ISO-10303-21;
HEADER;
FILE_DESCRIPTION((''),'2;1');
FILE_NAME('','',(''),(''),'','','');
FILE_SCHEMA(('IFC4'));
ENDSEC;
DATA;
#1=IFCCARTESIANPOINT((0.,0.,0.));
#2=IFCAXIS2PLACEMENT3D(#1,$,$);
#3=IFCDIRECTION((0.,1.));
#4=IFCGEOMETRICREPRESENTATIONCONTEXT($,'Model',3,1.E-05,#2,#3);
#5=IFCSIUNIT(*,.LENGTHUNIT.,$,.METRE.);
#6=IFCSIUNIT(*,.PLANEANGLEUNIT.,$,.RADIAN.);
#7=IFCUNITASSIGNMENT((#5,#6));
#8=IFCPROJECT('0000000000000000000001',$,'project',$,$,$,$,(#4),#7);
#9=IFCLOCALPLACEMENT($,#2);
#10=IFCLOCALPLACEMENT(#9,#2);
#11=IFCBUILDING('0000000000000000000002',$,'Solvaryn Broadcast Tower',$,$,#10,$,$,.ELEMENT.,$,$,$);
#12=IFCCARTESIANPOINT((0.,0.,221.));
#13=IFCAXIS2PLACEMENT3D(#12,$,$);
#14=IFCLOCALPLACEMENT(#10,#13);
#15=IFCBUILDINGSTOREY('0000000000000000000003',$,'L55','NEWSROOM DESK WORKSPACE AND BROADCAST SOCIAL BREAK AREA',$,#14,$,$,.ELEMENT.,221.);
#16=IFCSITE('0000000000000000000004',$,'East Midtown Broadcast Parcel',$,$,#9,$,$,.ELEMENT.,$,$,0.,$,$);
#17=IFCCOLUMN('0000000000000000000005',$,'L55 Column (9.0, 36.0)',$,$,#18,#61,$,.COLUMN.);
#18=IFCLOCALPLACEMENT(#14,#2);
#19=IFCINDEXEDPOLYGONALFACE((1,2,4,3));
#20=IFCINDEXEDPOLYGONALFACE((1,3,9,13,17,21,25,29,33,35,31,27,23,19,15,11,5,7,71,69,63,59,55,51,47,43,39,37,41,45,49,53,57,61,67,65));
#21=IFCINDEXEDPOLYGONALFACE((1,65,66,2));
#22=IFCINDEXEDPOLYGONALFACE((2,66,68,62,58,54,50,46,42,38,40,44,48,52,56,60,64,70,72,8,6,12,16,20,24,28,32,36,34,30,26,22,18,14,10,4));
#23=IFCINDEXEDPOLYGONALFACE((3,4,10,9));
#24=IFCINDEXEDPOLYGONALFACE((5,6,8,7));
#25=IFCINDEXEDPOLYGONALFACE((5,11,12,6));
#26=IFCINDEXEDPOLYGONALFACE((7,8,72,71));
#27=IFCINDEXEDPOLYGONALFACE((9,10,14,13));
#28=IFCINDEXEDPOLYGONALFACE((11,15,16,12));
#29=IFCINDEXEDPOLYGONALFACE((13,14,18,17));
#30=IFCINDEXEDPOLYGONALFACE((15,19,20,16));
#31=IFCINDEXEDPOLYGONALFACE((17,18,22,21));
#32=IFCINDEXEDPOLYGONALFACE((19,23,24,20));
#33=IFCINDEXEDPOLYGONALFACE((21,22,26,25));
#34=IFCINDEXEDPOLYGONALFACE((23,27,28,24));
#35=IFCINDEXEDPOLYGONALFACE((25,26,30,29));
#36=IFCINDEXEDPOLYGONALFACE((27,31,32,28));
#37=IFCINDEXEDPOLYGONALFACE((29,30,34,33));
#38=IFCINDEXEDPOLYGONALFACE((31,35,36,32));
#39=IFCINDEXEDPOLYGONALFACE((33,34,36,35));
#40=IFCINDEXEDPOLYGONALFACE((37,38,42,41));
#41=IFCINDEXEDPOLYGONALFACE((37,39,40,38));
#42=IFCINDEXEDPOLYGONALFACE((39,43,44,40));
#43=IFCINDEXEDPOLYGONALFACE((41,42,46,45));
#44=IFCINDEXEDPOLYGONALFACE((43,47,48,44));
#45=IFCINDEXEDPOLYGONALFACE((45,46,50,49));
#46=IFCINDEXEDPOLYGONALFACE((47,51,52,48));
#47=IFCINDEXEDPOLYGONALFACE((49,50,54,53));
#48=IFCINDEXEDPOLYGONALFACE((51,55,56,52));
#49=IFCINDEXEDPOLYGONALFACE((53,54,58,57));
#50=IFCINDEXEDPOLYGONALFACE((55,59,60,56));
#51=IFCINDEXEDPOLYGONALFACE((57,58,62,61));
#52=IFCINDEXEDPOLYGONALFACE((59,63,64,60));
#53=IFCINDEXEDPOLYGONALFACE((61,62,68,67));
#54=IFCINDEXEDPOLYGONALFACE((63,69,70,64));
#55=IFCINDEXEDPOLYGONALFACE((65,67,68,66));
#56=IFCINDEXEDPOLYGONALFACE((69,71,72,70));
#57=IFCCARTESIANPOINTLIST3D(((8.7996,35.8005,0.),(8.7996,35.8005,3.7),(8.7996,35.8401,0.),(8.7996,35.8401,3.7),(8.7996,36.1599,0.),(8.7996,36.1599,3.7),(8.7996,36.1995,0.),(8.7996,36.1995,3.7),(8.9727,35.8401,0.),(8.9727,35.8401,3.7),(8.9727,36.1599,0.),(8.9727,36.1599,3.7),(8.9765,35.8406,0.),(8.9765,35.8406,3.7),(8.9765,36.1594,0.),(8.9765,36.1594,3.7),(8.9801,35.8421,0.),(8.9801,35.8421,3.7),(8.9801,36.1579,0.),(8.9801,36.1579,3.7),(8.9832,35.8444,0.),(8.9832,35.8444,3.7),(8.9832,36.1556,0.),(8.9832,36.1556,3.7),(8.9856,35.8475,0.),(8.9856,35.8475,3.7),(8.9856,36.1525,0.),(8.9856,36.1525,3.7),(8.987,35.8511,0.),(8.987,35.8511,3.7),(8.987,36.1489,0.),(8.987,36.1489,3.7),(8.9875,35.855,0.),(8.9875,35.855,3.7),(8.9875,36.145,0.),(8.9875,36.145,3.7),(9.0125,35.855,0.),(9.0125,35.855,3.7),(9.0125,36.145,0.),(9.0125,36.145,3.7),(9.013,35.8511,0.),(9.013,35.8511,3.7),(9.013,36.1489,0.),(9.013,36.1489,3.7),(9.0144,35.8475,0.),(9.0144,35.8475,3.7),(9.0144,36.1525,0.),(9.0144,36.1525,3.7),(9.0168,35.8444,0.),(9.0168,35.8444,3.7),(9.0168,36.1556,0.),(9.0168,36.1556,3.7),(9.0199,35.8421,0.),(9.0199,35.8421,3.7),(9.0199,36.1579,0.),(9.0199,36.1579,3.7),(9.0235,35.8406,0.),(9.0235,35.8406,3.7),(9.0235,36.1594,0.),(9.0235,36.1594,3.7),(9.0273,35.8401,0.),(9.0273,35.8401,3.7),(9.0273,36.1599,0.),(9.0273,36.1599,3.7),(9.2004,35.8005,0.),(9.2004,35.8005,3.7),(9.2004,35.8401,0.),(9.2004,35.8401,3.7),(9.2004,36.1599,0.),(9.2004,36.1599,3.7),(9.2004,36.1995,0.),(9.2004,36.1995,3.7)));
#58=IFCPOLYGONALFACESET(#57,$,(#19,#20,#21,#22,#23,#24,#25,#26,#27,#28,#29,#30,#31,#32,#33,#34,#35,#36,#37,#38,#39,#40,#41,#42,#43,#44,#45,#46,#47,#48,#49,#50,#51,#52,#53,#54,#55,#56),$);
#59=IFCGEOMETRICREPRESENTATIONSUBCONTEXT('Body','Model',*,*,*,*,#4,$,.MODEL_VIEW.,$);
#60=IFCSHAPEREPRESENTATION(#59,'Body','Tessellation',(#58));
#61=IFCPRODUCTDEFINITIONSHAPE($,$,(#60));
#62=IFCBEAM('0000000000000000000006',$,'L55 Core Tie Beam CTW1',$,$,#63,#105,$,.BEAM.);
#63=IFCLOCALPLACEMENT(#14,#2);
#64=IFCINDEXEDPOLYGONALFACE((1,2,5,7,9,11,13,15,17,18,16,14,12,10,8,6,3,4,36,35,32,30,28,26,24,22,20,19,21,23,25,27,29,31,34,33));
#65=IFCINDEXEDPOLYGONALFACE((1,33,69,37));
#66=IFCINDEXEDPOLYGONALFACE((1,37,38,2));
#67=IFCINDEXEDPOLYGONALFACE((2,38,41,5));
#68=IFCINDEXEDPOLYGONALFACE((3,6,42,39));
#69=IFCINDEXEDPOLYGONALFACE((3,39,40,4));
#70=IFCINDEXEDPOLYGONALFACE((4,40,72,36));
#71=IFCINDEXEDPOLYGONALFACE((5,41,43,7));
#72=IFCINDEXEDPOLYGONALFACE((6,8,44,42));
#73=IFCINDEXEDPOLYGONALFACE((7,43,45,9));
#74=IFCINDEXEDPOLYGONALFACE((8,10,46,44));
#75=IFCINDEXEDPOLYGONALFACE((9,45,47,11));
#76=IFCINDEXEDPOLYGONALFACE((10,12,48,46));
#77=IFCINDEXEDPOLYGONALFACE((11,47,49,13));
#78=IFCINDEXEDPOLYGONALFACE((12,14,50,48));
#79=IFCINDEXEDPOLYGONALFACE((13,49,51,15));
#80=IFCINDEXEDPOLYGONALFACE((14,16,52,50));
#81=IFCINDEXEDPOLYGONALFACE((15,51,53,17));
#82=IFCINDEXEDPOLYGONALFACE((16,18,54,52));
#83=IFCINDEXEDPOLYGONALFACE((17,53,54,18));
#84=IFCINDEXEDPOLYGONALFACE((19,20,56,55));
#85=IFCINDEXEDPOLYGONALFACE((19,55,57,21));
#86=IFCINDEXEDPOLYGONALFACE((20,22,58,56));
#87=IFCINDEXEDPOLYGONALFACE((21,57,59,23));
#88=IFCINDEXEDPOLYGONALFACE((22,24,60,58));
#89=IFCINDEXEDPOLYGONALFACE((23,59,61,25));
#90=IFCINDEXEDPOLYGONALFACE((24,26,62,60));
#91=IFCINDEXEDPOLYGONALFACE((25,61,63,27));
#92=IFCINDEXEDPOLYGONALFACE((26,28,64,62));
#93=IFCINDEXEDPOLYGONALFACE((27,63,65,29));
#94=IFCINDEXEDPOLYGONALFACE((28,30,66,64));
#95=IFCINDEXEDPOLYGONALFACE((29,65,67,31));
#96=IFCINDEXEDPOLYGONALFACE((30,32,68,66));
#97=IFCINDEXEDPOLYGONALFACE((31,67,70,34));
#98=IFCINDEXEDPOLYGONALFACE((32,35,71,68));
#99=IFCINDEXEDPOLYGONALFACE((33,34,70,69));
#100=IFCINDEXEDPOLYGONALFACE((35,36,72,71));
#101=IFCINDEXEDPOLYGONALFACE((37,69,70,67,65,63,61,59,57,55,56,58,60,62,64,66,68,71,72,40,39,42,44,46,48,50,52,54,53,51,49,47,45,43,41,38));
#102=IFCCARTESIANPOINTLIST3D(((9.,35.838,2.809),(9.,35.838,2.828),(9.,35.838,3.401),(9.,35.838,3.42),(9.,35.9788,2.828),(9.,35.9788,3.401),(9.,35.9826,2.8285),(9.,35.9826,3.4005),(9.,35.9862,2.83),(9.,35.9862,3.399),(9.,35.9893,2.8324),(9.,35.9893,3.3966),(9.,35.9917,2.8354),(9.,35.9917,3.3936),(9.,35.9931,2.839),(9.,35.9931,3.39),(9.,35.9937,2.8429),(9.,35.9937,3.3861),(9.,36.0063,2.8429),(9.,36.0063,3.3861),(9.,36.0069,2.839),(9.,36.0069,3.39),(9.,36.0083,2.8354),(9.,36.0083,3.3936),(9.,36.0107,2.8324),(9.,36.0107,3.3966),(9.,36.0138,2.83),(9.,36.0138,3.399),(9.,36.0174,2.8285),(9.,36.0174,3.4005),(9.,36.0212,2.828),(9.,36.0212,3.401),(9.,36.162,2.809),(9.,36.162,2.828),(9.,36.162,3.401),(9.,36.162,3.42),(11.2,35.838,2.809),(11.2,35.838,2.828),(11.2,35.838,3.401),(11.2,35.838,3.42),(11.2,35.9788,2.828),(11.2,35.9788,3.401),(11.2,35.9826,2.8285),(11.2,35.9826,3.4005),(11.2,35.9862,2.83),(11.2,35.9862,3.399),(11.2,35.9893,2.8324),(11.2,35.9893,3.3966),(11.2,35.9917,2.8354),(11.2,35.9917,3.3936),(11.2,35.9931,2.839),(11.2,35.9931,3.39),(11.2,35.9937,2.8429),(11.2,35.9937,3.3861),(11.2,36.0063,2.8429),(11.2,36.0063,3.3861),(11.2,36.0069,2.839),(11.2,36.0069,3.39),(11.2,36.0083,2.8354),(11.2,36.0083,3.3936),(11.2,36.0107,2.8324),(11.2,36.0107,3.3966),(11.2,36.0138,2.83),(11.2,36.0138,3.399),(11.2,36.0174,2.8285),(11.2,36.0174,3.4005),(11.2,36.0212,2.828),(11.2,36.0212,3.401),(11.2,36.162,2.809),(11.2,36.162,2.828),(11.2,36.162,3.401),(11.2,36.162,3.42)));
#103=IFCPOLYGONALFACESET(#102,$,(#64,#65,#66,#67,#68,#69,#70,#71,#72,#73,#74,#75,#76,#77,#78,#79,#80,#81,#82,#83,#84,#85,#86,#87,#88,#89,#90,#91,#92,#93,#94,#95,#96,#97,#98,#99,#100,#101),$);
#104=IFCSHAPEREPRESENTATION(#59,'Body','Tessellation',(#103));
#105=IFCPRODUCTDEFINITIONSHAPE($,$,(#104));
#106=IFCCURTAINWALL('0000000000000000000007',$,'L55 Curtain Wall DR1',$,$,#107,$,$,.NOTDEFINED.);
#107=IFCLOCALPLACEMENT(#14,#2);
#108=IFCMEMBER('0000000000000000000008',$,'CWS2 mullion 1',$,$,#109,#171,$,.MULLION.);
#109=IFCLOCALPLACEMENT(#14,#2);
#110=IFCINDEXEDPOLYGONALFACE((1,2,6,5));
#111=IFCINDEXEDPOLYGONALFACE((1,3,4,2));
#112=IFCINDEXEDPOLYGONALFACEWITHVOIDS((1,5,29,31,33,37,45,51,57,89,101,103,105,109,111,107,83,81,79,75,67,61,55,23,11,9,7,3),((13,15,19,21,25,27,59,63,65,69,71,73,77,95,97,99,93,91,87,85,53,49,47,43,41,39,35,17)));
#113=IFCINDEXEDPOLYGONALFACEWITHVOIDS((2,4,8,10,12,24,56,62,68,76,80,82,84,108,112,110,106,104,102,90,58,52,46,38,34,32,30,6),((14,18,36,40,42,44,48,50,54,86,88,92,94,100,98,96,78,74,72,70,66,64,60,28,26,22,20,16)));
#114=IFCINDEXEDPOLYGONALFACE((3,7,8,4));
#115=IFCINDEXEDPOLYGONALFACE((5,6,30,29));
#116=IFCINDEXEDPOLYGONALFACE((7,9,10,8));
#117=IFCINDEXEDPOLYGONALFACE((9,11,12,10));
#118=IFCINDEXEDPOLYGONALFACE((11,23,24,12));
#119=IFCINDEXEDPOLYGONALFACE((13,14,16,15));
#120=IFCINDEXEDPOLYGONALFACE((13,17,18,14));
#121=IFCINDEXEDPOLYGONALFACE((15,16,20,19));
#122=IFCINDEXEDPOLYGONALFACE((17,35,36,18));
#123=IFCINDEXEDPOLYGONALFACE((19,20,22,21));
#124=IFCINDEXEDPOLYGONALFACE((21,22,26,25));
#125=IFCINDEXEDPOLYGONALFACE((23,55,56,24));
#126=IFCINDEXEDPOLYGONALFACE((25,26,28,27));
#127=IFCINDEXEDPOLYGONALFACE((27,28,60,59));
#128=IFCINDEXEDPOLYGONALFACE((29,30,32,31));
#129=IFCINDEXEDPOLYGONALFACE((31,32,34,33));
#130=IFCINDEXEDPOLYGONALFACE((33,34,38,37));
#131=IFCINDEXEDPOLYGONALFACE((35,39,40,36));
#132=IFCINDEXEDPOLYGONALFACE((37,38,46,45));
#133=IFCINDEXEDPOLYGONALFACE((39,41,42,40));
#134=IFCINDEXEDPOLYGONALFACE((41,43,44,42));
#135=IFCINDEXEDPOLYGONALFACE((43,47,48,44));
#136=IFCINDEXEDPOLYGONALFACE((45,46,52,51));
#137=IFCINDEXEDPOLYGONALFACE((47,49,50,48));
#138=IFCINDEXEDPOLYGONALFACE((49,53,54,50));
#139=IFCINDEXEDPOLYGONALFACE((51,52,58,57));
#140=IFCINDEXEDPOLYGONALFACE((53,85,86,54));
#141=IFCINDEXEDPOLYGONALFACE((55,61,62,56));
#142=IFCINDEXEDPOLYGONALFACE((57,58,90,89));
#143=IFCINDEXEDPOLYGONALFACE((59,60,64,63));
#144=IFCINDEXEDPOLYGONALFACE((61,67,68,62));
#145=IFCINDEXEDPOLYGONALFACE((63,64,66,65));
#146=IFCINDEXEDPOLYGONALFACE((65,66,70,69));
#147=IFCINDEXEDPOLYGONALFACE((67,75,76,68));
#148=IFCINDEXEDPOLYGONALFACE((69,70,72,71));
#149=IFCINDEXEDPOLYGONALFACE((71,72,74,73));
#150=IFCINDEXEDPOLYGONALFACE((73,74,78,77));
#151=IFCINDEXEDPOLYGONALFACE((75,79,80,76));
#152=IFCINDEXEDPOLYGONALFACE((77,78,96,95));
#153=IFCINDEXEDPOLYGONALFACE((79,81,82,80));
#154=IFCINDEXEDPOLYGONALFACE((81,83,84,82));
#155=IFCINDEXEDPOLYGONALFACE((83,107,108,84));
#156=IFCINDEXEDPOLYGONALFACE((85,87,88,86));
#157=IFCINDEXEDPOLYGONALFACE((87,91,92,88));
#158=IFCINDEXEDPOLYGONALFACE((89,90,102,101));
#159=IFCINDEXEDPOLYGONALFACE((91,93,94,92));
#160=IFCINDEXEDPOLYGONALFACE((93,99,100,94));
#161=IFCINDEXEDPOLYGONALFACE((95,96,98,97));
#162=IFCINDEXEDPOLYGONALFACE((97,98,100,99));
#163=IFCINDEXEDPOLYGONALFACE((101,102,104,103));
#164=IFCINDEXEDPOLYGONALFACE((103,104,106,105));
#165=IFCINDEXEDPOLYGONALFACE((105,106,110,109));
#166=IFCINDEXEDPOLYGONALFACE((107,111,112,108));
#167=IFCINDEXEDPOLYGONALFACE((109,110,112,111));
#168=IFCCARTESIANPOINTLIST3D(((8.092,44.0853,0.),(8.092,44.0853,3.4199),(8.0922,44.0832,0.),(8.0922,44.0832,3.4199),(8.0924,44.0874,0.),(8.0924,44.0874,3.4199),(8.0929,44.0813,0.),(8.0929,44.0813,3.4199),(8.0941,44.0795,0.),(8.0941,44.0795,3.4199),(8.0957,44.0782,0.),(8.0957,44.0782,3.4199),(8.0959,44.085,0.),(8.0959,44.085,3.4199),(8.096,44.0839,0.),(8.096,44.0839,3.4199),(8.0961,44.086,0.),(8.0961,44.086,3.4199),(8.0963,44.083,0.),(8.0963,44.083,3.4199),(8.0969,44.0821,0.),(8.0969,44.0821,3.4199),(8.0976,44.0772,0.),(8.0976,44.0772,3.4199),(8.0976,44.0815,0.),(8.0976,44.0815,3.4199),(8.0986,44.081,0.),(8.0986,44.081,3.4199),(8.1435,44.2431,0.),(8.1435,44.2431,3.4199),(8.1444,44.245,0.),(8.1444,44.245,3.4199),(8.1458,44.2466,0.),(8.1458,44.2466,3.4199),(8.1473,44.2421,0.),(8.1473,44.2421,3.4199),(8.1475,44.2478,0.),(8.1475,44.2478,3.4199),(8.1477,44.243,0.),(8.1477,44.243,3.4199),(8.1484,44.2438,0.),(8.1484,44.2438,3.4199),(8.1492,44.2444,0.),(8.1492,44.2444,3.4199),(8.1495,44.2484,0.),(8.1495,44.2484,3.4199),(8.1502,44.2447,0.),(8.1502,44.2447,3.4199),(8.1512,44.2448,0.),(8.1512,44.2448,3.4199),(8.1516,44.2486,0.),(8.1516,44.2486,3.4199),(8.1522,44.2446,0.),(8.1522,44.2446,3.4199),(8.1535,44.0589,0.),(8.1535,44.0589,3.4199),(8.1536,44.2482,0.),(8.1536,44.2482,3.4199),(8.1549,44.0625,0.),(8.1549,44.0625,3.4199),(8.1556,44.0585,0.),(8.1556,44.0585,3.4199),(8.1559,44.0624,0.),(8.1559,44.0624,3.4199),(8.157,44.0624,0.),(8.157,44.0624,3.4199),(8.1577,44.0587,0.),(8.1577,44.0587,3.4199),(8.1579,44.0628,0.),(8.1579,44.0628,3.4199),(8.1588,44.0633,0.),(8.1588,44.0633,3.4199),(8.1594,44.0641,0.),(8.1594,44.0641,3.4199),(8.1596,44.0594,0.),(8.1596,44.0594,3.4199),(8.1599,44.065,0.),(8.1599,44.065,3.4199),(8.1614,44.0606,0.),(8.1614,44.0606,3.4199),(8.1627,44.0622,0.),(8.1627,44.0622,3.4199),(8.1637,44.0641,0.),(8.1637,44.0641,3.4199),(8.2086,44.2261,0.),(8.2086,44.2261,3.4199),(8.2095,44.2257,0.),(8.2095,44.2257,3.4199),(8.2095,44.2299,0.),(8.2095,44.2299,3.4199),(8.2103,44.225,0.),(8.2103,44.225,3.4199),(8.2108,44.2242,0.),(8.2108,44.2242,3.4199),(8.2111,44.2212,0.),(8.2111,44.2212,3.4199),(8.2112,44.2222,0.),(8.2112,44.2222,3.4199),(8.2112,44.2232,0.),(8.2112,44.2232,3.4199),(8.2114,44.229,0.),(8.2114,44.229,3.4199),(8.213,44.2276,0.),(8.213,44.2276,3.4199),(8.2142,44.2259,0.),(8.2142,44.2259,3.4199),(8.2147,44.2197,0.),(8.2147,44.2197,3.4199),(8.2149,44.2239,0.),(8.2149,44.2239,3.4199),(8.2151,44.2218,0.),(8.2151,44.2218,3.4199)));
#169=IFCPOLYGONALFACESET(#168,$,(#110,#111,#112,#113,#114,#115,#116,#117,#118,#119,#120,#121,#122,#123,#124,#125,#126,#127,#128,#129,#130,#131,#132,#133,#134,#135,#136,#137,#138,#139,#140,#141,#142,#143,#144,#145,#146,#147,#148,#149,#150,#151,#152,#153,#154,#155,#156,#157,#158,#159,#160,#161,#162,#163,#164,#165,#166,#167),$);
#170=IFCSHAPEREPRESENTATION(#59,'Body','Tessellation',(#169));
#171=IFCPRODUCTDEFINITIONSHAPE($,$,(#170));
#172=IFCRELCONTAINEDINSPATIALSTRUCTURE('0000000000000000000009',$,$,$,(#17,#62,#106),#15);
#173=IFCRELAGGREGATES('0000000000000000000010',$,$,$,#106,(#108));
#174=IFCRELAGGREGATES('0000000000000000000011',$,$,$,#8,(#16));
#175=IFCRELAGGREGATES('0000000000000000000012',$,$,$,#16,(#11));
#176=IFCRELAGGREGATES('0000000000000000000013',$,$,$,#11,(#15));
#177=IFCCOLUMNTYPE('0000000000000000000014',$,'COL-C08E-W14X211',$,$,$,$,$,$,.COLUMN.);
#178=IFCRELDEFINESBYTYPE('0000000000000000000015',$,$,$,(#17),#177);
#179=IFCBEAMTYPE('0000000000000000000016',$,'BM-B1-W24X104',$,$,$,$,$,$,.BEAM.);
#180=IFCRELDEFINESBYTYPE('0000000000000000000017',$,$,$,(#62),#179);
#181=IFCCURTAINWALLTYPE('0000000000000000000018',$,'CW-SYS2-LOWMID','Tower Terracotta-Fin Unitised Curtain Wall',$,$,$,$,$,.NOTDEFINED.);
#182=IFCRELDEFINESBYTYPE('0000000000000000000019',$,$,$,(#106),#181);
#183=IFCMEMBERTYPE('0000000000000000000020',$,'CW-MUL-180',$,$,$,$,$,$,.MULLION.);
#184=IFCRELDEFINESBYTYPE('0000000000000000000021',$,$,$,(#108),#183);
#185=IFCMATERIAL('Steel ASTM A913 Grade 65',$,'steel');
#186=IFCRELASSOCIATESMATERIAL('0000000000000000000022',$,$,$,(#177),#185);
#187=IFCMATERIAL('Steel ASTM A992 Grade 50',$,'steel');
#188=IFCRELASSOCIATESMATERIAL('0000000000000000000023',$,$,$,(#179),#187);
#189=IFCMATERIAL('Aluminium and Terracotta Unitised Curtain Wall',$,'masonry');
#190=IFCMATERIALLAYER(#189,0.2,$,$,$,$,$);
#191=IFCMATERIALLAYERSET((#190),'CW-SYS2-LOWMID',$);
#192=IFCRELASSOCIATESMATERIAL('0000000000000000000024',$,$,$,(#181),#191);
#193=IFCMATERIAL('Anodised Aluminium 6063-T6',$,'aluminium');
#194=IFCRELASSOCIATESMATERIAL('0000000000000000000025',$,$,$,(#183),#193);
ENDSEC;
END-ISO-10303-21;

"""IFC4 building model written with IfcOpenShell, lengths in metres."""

from ifc_helpers import new_model, si_unit, direction, frame, origin, origin_2d, place, context, subcontext, project, spatial, hollow_rectangle, i_section, extrude, material, layer, layer_set, material_profile, profile_set, type_object, element, aggregate, save


model = new_model("IFC4")

# Units and contexts
model_context = context("Model", 3, precision=1e-05, world=origin(), true_north=direction((0.0, 1.0)))
body_context = subcontext(model_context, "Body", "Model", "MODEL_VIEW")
ifc_project = project(units=[si_unit("LENGTHUNIT", "METRE"), si_unit("PLANEANGLEUNIT", "RADIAN")], contexts=[model_context])

# Site, building, storey
site_placement = place(None, origin())
site = spatial("IfcSite", under=ifc_project, at=site_placement, Name="East Midtown Broadcast Parcel", CompositionType="ELEMENT", RefElevation=0.0)
building_placement = place(site_placement, origin())
building = spatial("IfcBuilding", under=site, at=building_placement, Name="Solvaryn Broadcast Tower", CompositionType="ELEMENT")
storey_placement = place(building_placement, frame((0.0, 0.0, 221.0)))
storey = spatial("IfcBuildingStorey", under=building, at=storey_placement, Name="L55", Description="NEWSROOM DESK WORKSPACE AND BROADCAST SOCIAL BREAK AREA", CompositionType="ELEMENT", Elevation=221.0)

# Column
ifc_material_1 = material(Name="Steel ASTM A913 Grade 65", Category="steel")
ifc_material_profile_1 = material_profile(ifc_material_1, i_section(OverallWidth=0.4009, OverallDepth=0.3989, WebThickness=0.0249, FlangeThickness=0.0396, FilletRadius=0.0149, at=origin_2d()))
ifc_profile_set_1 = profile_set([ifc_material_profile_1], Name="Steel ASTM A913 Grade 65")
column_type = type_object("IfcColumnType", Name="COL-C08E-W14X211", PredefinedType="COLUMN", material=ifc_profile_set_1)
column_placement = place(storey_placement, frame((9.0, 36.0, 0.0), z_axis=(0.0, 0.0, 1.0), x_axis=(1.0, 0.0, 0.0)))
element("IfcColumn", 1, at=column_placement, inside=storey, type_object=column_type, Name="L55 Column (9.0, 36.0)", PredefinedType="COLUMN", context=body_context, shape_type="SweptSolid", body=[
    extrude(i_section(OverallWidth=0.4009, OverallDepth=0.3989, WebThickness=0.0249, FlangeThickness=0.0396, FilletRadius=0.0149, at=origin_2d()), origin(), (0.0, 0.0, 1.0), 3.7),
])

# Beam
ifc_material_2 = material(Name="Steel ASTM A992 Grade 50", Category="steel")
ifc_material_profile_2 = material_profile(ifc_material_2, i_section(OverallWidth=0.324, OverallDepth=0.6111, WebThickness=0.0127, FlangeThickness=0.019, FilletRadius=0.0149, at=origin_2d()))
ifc_profile_set_2 = profile_set([ifc_material_profile_2], Name="Steel ASTM A992 Grade 50")
beam_type = type_object("IfcBeamType", Name="BM-B1-W24X104", PredefinedType="BEAM", material=ifc_profile_set_2)
beam_placement = place(storey_placement, frame((9.0, 36.0, 3.1145), z_axis=(1.0, 0.0, 0.0), x_axis=(0.0, 1.0, 0.0)))
element("IfcBeam", 2, at=beam_placement, inside=storey, type_object=beam_type, Name="L55 Core Tie Beam CTW1", PredefinedType="BEAM", context=body_context, shape_type="SweptSolid", body=[
    extrude(i_section(OverallWidth=0.324, OverallDepth=0.6111, WebThickness=0.0127, FlangeThickness=0.019, FilletRadius=0.0149, at=origin_2d()), origin(), (0.0, 0.0, 1.0), 2.2),
])

# Curtain wall, member
ifc_material_3 = material(Name="Aluminium and Terracotta Unitised Curtain Wall", Category="masonry")
ifc_layer_1 = layer(ifc_material_3, 0.2)
ifc_layer_set_1 = layer_set([ifc_layer_1], Name="CW-SYS2-LOWMID")
curtain_wall_type = type_object("IfcCurtainWallType", Name="CW-SYS2-LOWMID", Description="Tower Terracotta-Fin Unitised Curtain Wall", PredefinedType="NOTDEFINED", material=ifc_layer_set_1)
curtain_wall_1_placement = place(storey_placement, origin())
curtain_wall_1 = element("IfcCurtainWall", 3, at=curtain_wall_1_placement, inside=storey, type_object=curtain_wall_type, Name="L55 Curtain Wall DR1", PredefinedType="NOTDEFINED")
ifc_material_4 = material(Name="Anodised Aluminium 6063-T6", Category="aluminium")
ifc_material_profile_3 = material_profile(ifc_material_4, hollow_rectangle(XDim=0.075, YDim=0.1799, WallThickness=0.0039, InnerFilletRadius=0.0039, OuterFilletRadius=0.0081, at=origin_2d()))
ifc_profile_set_3 = profile_set([ifc_material_profile_3], Name="Anodised Aluminium 6063-T6")
member_type_1 = type_object("IfcMemberType", Name="CW-MUL-180", PredefinedType="MULLION", material=ifc_profile_set_3)
member_1_placement = place(storey_placement, frame((8.1536, 44.1536, 0.0), z_axis=(0.0, 0.0, 1.0), x_axis=(0.950227, -0.311559, 0.0)))
member_1 = element("IfcMember", 4, at=member_1_placement, type_object=member_type_1, Name="CWS2 mullion 1", PredefinedType="MULLION", context=body_context, shape_type="SweptSolid", body=[
    extrude(hollow_rectangle(XDim=0.075, YDim=0.1799, WallThickness=0.0039, InnerFilletRadius=0.0039, OuterFilletRadius=0.0081, at=origin_2d()), origin(), (0.0, 0.0, 1.0), 3.4199),
])

aggregate(curtain_wall_1, [member_1])

save(model, "model.ifc")
